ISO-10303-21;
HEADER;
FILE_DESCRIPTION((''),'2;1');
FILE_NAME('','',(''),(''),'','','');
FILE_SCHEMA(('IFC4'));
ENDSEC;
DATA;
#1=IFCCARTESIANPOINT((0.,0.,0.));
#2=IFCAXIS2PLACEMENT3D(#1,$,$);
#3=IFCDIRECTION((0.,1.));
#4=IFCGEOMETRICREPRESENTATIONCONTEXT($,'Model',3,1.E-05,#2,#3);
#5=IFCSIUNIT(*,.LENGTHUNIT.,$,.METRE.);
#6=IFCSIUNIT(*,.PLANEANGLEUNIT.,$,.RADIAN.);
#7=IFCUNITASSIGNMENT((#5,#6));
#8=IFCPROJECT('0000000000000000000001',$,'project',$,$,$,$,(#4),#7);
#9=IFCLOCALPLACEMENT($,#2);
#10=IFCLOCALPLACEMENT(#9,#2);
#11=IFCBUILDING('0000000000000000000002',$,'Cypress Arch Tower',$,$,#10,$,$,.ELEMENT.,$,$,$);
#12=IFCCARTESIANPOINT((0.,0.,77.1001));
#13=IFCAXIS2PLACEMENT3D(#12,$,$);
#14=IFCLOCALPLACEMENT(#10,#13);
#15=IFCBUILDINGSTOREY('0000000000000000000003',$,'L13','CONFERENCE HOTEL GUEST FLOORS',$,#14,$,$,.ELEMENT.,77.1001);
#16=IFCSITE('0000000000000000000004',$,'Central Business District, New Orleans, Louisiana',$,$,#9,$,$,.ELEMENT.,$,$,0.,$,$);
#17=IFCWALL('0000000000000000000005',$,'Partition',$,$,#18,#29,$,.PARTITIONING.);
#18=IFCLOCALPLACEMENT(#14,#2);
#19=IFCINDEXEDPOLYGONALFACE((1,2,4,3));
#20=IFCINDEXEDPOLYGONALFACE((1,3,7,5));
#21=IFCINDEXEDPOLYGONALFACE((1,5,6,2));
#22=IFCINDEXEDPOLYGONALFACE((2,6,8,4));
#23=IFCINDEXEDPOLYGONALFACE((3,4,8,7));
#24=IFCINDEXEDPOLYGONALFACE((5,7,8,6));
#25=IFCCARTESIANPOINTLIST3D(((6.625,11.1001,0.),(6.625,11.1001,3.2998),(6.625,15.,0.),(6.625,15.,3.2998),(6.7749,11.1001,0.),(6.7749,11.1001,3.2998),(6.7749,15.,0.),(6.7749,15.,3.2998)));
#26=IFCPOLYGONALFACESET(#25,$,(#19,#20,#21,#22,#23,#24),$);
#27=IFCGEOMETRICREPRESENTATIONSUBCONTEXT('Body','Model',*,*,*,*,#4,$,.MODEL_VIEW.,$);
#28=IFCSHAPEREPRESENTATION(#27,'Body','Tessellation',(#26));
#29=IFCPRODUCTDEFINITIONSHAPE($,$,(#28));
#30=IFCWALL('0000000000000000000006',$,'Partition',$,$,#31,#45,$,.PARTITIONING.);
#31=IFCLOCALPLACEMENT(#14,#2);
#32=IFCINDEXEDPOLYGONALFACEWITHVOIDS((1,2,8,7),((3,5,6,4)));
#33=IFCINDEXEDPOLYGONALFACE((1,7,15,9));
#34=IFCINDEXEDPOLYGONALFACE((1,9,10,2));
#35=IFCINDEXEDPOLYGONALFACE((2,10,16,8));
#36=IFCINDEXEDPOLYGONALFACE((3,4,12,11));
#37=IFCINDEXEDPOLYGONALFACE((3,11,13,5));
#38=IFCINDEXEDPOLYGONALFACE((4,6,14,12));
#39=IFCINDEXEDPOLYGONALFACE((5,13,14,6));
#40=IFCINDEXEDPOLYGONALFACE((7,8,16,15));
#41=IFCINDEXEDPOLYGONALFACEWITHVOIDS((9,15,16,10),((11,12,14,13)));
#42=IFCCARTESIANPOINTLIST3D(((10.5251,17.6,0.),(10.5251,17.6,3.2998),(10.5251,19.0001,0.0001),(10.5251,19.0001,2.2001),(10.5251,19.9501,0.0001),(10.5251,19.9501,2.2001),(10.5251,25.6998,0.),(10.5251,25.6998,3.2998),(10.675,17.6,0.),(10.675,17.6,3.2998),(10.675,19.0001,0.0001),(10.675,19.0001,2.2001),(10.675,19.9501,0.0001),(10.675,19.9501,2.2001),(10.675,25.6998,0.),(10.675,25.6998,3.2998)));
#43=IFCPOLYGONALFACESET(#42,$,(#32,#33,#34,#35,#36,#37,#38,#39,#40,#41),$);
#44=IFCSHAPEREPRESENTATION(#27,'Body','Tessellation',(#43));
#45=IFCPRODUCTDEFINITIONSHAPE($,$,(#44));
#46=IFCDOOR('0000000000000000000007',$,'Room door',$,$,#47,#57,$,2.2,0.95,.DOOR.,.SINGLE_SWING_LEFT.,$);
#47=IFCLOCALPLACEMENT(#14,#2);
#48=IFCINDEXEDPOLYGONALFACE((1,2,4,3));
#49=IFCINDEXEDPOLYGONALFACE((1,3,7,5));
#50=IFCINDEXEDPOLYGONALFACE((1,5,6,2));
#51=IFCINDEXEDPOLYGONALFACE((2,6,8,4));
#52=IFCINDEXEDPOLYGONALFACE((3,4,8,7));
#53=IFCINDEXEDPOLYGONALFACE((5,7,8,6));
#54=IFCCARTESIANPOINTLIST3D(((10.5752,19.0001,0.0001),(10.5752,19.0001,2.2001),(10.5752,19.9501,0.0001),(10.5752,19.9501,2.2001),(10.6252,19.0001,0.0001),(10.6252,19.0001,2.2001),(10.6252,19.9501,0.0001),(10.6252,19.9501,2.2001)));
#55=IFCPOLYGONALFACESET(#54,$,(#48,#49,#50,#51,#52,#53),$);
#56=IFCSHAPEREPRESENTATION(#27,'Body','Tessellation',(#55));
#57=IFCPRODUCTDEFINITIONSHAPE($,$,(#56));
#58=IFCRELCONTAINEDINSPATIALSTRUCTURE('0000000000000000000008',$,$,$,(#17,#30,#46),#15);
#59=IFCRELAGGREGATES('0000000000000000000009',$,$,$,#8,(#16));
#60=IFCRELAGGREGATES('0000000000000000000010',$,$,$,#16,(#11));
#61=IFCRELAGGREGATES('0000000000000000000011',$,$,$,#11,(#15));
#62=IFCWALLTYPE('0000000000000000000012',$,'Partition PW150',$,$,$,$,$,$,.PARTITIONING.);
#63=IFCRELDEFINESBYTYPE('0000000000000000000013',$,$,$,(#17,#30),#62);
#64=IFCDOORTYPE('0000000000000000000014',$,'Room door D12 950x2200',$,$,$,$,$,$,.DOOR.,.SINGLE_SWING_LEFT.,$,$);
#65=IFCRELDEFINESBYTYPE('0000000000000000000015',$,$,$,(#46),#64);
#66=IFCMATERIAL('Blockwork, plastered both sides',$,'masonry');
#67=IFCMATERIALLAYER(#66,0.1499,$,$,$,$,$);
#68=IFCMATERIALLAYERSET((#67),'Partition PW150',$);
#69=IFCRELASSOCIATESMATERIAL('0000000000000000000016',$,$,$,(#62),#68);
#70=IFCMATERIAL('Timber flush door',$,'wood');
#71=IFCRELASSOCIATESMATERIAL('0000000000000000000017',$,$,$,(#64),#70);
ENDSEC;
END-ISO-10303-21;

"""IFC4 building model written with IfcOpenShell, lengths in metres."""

from ifc_helpers import new_model, si_unit, direction, frame, frame_2d, origin, place, context, subcontext, project, spatial, rectangle, extrude, material, layer, layer_set, type_object, element, fill, save


model = new_model("IFC4")

# Units and contexts
model_context = context("Model", 3, precision=1e-05, world=origin(), true_north=direction((0.0, 1.0)))
body_context = subcontext(model_context, "Body", "Model", "MODEL_VIEW")
ifc_project = project(units=[si_unit("LENGTHUNIT", "METRE"), si_unit("PLANEANGLEUNIT", "RADIAN")], contexts=[model_context])

# Site, building, storey
site_placement = place(None, origin())
site = spatial("IfcSite", under=ifc_project, at=site_placement, Name="Central Business District, New Orleans, Louisiana", CompositionType="ELEMENT", RefElevation=0.0)
building_placement = place(site_placement, origin())
building = spatial("IfcBuilding", under=site, at=building_placement, Name="Cypress Arch Tower", CompositionType="ELEMENT")
storey_placement = place(building_placement, frame((0.0, 0.0, 77.1001)))
storey = spatial("IfcBuildingStorey", under=building, at=storey_placement, Name="L13", Description="CONFERENCE HOTEL GUEST FLOORS", CompositionType="ELEMENT", Elevation=77.1001)

# Shared definitions
ifc_material_1 = material(Name="Blockwork, plastered both sides", Category="masonry")
ifc_layer_1 = layer(ifc_material_1, 0.1499)
ifc_layer_set_1 = layer_set([ifc_layer_1], Name="Partition PW150")
wall_type_1 = type_object("IfcWallType", Name="Partition PW150", PredefinedType="PARTITIONING", material=ifc_layer_set_1)
ifc_material_2 = material(Name="Timber flush door", Category="wood")
door_type_1 = type_object("IfcDoorType", Name="Room door D12 950x2200", OperationType="SINGLE_SWING_LEFT", PredefinedType="DOOR", material=ifc_material_2)

# Wall
wall_1_placement = place(storey_placement, frame((6.7, 11.1001, 0.0), z_axis=(0.0, 0.0, 1.0), x_axis=(0.0, 1.0, 0.0)))
element("IfcWall", 1, at=wall_1_placement, inside=storey, type_object=wall_type_1, Name="Partition", PredefinedType="PARTITIONING", context=body_context, shape_type="SweptSolid", body=[
    extrude(rectangle(XDim=3.8999, YDim=0.1499, at=frame_2d((1.95, 0.0))), origin(), (0.0, 0.0, 1.0), 3.2998),
])

# Wall, opening, door
wall_2_placement = place(storey_placement, frame((10.6001, 17.6001, 0.0), z_axis=(0.0, 0.0, 1.0), x_axis=(0.0, 1.0, 0.0)))
wall_2 = element("IfcWall", 2, at=wall_2_placement, inside=storey, type_object=wall_type_1, Name="Partition", PredefinedType="PARTITIONING", context=body_context, shape_type="SweptSolid", body=[
    extrude(rectangle(XDim=8.0999, YDim=0.1499, at=frame_2d((4.0498, 0.0))), origin(), (0.0, 0.0, 1.0), 3.2998),
])
opening_1_placement = place(wall_2_placement, frame((1.3999, 0.0, 0.0)))
opening_1 = element("IfcOpeningElement", 3, at=opening_1_placement, cuts=wall_2, PredefinedType="OPENING", context=body_context, shape_type="SweptSolid", body=[
    extrude(rectangle(XDim=0.95, YDim=2.2, at=frame_2d((0.4751, 1.1001))), frame((0.0, 0.085, 0.0), z_axis=(0.0, -1.0, 0.0), x_axis=(1.0, 0.0, 0.0)), (0.0, 0.0, 1.0), 0.1699),
])
door_1_placement = place(opening_1_placement, origin())
door_1 = element("IfcDoor", 4, at=door_1_placement, inside=storey, type_object=door_type_1, Name="Room door", OperationType="SINGLE_SWING_LEFT", OverallHeight=2.2, OverallWidth=0.95, PredefinedType="DOOR", context=body_context, shape_type="SweptSolid", body=[
    extrude(rectangle(XDim=0.95, YDim=2.2, at=frame_2d((0.4751, 1.1001))), frame((0.0, 0.0249, 0.0), z_axis=(0.0, -1.0, 0.0), x_axis=(1.0, 0.0, 0.0)), (0.0, 0.0, 1.0), 0.05),
])
fill(opening_1, door_1)

save(model, "model.ifc")
